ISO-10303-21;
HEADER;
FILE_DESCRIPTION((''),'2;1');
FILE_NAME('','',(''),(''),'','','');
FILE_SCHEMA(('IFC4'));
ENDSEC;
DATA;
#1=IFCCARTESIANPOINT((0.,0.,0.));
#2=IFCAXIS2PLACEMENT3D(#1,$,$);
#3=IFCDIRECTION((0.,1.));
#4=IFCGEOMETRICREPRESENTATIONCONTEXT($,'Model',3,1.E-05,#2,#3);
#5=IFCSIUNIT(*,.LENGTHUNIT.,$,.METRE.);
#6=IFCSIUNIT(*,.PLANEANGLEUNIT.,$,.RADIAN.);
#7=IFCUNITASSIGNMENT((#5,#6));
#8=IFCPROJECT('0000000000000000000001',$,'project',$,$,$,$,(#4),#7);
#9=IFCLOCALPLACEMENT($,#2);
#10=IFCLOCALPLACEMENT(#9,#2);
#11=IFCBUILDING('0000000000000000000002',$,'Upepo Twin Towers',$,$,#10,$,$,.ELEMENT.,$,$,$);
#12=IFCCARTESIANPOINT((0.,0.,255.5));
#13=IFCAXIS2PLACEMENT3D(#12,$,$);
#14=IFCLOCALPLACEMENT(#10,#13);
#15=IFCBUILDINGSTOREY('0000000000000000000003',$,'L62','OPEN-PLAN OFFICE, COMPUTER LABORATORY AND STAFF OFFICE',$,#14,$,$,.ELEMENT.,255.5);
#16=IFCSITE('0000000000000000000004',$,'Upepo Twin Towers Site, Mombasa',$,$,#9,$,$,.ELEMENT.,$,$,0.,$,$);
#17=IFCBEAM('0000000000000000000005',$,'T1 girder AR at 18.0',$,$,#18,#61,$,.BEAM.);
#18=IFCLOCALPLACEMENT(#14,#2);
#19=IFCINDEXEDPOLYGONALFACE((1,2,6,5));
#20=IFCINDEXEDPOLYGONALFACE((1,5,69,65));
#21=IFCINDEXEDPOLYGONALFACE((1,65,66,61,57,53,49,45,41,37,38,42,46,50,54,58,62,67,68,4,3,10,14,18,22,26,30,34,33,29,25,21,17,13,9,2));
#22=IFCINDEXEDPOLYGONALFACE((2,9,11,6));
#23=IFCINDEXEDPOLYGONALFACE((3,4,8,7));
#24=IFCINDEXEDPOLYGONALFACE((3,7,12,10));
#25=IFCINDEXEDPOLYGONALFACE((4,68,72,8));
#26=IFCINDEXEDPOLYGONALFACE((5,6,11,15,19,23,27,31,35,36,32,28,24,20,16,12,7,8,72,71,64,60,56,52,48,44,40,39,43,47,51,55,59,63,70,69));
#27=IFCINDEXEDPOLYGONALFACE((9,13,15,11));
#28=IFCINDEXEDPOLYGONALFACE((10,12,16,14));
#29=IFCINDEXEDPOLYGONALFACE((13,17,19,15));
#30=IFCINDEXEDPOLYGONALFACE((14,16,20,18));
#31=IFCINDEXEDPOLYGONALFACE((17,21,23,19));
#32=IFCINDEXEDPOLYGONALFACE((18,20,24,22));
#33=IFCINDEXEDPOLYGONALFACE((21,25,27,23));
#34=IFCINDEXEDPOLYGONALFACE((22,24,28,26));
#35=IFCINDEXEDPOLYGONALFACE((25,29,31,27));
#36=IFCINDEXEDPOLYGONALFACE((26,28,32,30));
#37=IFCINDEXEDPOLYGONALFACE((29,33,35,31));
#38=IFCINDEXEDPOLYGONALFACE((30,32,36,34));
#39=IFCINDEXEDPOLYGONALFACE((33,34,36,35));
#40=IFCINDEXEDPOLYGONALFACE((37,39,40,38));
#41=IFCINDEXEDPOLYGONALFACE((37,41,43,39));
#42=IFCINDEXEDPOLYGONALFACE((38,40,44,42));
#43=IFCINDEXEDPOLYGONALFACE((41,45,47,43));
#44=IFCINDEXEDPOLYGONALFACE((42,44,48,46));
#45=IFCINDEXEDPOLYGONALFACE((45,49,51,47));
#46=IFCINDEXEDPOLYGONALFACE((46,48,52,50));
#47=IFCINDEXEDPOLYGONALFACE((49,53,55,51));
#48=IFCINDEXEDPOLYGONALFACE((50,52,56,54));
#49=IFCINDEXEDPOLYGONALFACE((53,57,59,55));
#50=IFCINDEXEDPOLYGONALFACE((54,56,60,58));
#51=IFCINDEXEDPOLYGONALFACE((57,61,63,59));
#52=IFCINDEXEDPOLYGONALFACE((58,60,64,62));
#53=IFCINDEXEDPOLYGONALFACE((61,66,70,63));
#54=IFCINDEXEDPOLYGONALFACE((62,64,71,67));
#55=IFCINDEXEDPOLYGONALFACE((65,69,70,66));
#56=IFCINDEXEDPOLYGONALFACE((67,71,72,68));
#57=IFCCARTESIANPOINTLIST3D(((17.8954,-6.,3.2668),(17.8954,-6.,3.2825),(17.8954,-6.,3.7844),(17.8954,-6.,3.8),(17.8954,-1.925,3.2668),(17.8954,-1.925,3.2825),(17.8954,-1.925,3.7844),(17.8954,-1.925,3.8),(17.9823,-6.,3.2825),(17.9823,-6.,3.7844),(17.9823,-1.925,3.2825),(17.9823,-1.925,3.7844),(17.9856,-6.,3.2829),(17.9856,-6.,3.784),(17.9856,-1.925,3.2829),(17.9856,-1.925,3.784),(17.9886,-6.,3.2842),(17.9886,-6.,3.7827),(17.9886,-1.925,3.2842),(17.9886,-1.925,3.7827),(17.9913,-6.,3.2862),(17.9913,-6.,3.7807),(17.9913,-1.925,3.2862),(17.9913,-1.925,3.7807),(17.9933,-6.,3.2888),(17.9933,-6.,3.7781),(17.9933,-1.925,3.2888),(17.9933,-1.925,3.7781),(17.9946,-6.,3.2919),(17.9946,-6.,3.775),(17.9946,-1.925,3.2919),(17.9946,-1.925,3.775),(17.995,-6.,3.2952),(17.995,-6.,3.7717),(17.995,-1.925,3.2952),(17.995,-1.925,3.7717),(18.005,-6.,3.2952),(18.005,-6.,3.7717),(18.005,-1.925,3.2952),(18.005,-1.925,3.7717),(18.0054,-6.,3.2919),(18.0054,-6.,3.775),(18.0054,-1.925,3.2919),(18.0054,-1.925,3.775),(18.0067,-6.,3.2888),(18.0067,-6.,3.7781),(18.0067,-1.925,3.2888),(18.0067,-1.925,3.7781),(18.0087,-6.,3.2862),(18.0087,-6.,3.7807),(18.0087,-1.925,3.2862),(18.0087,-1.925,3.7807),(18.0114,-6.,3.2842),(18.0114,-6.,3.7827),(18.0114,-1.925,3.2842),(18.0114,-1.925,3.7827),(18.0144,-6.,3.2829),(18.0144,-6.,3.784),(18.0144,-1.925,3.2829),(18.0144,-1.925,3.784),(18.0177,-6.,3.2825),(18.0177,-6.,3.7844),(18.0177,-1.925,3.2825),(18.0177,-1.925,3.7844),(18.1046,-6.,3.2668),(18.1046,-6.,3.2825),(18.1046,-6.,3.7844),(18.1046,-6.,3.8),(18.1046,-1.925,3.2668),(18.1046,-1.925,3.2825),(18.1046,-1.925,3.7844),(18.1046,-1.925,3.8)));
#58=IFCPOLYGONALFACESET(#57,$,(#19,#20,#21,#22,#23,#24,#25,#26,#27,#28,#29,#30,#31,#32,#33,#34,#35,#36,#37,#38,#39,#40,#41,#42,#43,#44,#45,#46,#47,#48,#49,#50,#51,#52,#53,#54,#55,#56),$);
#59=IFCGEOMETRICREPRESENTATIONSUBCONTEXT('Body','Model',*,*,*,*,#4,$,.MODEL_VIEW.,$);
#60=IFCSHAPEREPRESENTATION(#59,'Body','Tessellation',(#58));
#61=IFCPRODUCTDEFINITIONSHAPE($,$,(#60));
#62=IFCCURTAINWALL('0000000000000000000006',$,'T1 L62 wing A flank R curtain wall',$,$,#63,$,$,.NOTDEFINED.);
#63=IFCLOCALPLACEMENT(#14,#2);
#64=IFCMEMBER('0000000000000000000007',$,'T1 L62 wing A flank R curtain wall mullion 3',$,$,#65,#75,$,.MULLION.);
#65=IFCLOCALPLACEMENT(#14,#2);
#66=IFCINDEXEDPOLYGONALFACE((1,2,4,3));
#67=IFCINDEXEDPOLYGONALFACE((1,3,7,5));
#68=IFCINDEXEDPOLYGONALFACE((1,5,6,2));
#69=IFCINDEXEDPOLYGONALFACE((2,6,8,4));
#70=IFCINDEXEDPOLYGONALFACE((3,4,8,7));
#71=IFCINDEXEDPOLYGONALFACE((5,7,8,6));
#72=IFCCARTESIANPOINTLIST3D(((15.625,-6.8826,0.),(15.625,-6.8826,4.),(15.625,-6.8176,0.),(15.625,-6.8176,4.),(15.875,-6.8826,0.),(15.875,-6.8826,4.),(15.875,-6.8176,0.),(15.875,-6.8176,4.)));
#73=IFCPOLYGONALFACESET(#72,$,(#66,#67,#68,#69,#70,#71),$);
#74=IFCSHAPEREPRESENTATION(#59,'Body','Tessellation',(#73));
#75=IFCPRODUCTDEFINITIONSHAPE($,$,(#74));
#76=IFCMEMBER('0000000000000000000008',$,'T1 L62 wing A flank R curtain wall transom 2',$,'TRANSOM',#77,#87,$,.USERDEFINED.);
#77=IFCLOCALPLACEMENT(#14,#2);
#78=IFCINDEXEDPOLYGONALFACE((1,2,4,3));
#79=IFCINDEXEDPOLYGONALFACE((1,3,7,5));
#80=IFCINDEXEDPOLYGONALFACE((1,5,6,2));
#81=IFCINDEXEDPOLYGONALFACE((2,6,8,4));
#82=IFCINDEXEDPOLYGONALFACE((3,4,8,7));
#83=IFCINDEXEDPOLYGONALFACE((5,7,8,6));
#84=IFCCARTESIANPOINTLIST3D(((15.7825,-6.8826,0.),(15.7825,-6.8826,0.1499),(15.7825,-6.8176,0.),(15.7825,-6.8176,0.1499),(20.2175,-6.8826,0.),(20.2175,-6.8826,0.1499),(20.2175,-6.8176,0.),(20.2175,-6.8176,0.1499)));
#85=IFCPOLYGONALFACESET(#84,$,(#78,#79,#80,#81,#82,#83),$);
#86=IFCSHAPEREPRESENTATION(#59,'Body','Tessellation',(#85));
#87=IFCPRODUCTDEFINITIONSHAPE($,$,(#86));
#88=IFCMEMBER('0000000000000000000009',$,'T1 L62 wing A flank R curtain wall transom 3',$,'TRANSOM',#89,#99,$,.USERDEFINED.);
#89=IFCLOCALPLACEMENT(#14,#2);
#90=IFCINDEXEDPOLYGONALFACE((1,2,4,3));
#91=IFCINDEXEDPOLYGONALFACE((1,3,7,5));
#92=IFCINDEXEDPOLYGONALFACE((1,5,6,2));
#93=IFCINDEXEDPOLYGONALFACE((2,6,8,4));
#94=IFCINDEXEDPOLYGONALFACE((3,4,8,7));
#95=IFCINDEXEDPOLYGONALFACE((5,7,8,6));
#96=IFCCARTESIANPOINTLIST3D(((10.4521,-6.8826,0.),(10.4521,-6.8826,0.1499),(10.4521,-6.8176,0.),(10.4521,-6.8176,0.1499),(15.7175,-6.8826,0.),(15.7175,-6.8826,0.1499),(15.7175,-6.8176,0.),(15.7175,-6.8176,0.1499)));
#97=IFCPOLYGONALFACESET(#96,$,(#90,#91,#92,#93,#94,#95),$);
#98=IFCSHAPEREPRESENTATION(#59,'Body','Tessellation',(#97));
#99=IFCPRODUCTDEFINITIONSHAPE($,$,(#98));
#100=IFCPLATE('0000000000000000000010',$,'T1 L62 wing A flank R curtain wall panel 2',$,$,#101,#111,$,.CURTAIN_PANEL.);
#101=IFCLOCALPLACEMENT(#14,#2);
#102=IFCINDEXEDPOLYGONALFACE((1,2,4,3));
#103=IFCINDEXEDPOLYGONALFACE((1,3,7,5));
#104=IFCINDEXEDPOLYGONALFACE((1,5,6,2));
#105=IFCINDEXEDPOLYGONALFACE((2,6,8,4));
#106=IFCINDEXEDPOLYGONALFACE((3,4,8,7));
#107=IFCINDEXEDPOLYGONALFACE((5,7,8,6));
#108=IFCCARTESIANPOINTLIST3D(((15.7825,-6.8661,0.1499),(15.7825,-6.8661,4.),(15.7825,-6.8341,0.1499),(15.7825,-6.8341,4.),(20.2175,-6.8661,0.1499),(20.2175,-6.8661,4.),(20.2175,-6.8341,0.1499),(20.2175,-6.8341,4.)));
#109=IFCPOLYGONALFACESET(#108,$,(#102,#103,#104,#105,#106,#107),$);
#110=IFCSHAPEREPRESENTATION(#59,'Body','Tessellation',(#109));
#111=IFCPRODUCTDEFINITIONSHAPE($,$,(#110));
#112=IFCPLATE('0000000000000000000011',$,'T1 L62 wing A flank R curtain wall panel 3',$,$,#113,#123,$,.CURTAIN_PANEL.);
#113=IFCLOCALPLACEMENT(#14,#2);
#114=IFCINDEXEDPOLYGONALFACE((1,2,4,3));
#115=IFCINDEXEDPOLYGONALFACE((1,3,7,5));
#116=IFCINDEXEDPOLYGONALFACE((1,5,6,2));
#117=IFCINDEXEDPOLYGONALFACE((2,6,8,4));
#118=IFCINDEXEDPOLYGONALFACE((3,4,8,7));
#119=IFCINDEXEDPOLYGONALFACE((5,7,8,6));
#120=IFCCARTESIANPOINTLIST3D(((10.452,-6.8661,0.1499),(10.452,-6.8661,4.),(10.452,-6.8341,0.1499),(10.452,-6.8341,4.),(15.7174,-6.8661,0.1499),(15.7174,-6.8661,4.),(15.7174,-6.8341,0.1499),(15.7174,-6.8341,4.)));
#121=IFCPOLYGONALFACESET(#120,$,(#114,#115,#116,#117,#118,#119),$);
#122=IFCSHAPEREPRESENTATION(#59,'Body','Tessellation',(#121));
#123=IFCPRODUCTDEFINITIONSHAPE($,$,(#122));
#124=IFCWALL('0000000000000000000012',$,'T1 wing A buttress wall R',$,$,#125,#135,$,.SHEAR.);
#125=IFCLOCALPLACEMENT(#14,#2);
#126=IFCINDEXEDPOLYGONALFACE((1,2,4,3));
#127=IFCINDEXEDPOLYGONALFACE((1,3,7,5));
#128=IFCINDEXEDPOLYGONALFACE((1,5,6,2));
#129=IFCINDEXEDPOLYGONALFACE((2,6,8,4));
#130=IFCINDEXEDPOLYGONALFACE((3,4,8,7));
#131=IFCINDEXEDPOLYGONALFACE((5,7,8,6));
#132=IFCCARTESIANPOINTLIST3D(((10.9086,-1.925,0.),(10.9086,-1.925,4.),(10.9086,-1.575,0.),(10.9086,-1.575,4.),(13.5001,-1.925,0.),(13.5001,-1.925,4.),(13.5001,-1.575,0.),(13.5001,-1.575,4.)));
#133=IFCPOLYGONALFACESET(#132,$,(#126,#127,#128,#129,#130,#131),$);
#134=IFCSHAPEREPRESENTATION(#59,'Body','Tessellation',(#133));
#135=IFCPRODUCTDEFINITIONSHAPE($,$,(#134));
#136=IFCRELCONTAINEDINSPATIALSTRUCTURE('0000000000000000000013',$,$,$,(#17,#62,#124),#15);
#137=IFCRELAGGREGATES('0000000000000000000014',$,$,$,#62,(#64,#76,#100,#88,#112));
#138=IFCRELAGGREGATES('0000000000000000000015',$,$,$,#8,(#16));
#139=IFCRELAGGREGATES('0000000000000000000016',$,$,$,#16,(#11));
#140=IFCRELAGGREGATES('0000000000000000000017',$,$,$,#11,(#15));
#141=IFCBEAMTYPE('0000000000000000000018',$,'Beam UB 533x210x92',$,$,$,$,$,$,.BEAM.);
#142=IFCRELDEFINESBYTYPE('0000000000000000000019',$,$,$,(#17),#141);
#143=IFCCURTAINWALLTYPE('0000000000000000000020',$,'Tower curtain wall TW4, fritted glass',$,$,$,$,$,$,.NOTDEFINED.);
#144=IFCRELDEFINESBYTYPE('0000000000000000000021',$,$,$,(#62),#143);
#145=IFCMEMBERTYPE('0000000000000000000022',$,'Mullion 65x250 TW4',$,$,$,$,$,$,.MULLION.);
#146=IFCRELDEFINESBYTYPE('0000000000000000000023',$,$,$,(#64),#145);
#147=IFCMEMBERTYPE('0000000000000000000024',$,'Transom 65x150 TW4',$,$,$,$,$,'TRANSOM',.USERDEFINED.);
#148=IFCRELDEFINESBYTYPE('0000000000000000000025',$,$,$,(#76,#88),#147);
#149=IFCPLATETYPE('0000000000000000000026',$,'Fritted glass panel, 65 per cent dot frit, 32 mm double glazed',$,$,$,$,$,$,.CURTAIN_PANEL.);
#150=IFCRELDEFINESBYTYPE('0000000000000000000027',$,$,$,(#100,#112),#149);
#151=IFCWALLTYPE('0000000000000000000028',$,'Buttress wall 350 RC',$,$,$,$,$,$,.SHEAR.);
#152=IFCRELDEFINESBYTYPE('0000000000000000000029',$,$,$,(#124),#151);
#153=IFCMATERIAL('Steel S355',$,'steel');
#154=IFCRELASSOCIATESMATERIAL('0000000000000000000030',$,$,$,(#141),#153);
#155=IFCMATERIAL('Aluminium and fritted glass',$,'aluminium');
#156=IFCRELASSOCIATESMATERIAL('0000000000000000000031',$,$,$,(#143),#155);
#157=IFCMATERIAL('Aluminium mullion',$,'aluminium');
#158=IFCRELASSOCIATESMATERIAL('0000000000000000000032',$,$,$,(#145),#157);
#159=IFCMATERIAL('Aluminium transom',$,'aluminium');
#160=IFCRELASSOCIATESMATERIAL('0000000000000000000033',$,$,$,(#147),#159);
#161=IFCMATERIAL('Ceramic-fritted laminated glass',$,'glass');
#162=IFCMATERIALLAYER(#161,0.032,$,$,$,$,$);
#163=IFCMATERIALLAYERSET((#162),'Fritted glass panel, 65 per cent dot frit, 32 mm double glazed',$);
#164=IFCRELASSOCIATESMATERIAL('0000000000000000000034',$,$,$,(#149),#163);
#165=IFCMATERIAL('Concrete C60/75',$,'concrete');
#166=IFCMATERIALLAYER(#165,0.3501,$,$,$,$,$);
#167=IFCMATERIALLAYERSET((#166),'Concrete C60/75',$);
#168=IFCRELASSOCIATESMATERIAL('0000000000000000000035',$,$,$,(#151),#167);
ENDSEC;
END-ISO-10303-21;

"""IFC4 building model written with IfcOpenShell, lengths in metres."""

from ifc_helpers import new_model, si_unit, direction, frame, frame_2d, origin, origin_2d, place, context, subcontext, project, spatial, rectangle, i_section, extrude, material, layer, layer_set, material_profile, profile_set, type_object, element, aggregate, save


model = new_model("IFC4")

# Units and contexts
model_context = context("Model", 3, precision=1e-05, world=origin(), true_north=direction((0.0, 1.0)))
body_context = subcontext(model_context, "Body", "Model", "MODEL_VIEW")
ifc_project = project(units=[si_unit("LENGTHUNIT", "METRE"), si_unit("PLANEANGLEUNIT", "RADIAN")], contexts=[model_context])

# Site, building, storey
site_placement = place(None, origin())
site = spatial("IfcSite", under=ifc_project, at=site_placement, Name="Upepo Twin Towers Site, Mombasa", CompositionType="ELEMENT", RefElevation=0.0)
building_placement = place(site_placement, origin())
building = spatial("IfcBuilding", under=site, at=building_placement, Name="Upepo Twin Towers", CompositionType="ELEMENT")
storey_placement = place(building_placement, frame((0.0, 0.0, 255.5)))
storey = spatial("IfcBuildingStorey", under=building, at=storey_placement, Name="L62", Description="OPEN-PLAN OFFICE, COMPUTER LABORATORY AND STAFF OFFICE", CompositionType="ELEMENT", Elevation=255.5)

# Beam
ifc_material_1 = material(Name="Steel S355", Category="steel")
ifc_material_profile_1 = material_profile(ifc_material_1, i_section(OverallWidth=0.2092, OverallDepth=0.5332, WebThickness=0.01, FlangeThickness=0.0156, FilletRadius=0.0127, at=origin_2d()), Name="UB 533x210x92")
ifc_profile_set_1 = profile_set([ifc_material_profile_1], Name="Steel S355")
beam_type_1 = type_object("IfcBeamType", Name="Beam UB 533x210x92", PredefinedType="BEAM", material=ifc_profile_set_1)
for number, where, z_axis, x_axis, name in (
    (1, (18.0, -6.0, 3.5334), (0.0, 1.0, 0.0), (-1.0, 0.0, 0.0), "T1 girder AR at 18.0"),
):
    element("IfcBeam", number, at=place(storey_placement, frame(where, z_axis=z_axis, x_axis=x_axis)), inside=storey, type_object=beam_type_1, Name=name, PredefinedType="BEAM", context=body_context, shape_type="SweptSolid", body=[
        extrude(i_section(OverallWidth=0.2092, OverallDepth=0.5332, WebThickness=0.01, FlangeThickness=0.0156, FilletRadius=0.0127, at=origin_2d()), origin(), (0.0, 0.0, 1.0), 4.075),
    ])

# Curtain wall, members, plates
ifc_material_2 = material(Name="Aluminium and fritted glass", Category="aluminium")
curtain_wall_type = type_object("IfcCurtainWallType", Name="Tower curtain wall TW4, fritted glass", PredefinedType="NOTDEFINED", material=ifc_material_2)
curtain_wall_placement = place(storey_placement, origin())
curtain_wall = element("IfcCurtainWall", 2, at=curtain_wall_placement, inside=storey, type_object=curtain_wall_type, Name="T1 L62 wing A flank R curtain wall", PredefinedType="NOTDEFINED")
ifc_material_3 = material(Name="Aluminium mullion", Category="aluminium")
ifc_material_profile_2 = material_profile(ifc_material_3, rectangle(XDim=0.0649, YDim=0.25, at=origin_2d()), Name="MULLION 65x250")
ifc_profile_set_2 = profile_set([ifc_material_profile_2], Name="Aluminium mullion")
member_type_1 = type_object("IfcMemberType", Name="Mullion 65x250 TW4", PredefinedType="MULLION", material=ifc_profile_set_2)
member_1_placement = place(storey_placement, frame((15.75, -6.8501, 0.0), z_axis=(0.0, 0.0, 1.0), x_axis=(0.0, -1.0, 0.0)))
member_1 = element("IfcMember", 3, at=member_1_placement, type_object=member_type_1, Name="T1 L62 wing A flank R curtain wall mullion 3", PredefinedType="MULLION", context=body_context, shape_type="SweptSolid", body=[
    extrude(rectangle(XDim=0.0649, YDim=0.25, at=origin_2d()), origin(), (0.0, 0.0, 1.0), 4.0),
])
ifc_material_4 = material(Name="Aluminium transom", Category="aluminium")
ifc_material_profile_3 = material_profile(ifc_material_4, rectangle(XDim=0.0649, YDim=0.1499, at=origin_2d()), Name="TRANSOM 65x150")
ifc_profile_set_3 = profile_set([ifc_material_profile_3], Name="Aluminium transom")
member_type_2 = type_object("IfcMemberType", Name="Transom 65x150 TW4", ElementType="TRANSOM", PredefinedType="USERDEFINED", material=ifc_profile_set_3)
member_2_placement = place(storey_placement, frame((20.2175, -6.8501, 0.075), z_axis=(-1.0, 0.0, 0.0), x_axis=(0.0, -1.0, 0.0)))
member_2 = element("IfcMember", 4, at=member_2_placement, type_object=member_type_2, Name="T1 L62 wing A flank R curtain wall transom 2", ObjectType="TRANSOM", PredefinedType="USERDEFINED", context=body_context, shape_type="SweptSolid", body=[
    extrude(rectangle(XDim=0.0649, YDim=0.1499, at=origin_2d()), origin(), (0.0, 0.0, 1.0), 4.4351),
])
member_3_placement = place(storey_placement, frame((15.7175, -6.8501, 0.075), z_axis=(-1.0, 0.0, 0.0), x_axis=(0.0, -1.0, 0.0)))
member_3 = element("IfcMember", 5, at=member_3_placement, type_object=member_type_2, Name="T1 L62 wing A flank R curtain wall transom 3", ObjectType="TRANSOM", PredefinedType="USERDEFINED", context=body_context, shape_type="SweptSolid", body=[
    extrude(rectangle(XDim=0.0649, YDim=0.1499, at=origin_2d()), origin(), (0.0, 0.0, 1.0), 5.2654),
])
ifc_material_5 = material(Name="Ceramic-fritted laminated glass", Category="glass")
ifc_layer_1 = layer(ifc_material_5, 0.032)
ifc_layer_set_1 = layer_set([ifc_layer_1], Name="Fritted glass panel, 65 per cent dot frit, 32 mm double glazed")
plate_type = type_object("IfcPlateType", Name="Fritted glass panel, 65 per cent dot frit, 32 mm double glazed", PredefinedType="CURTAIN_PANEL", material=ifc_layer_set_1)
plate_1_placement = place(storey_placement, frame((18.0, -6.8501, 0.1499), z_axis=(0.0, 0.0, 1.0), x_axis=(-1.0, 0.0, 0.0)))
plate_1 = element("IfcPlate", 6, at=plate_1_placement, type_object=plate_type, Name="T1 L62 wing A flank R curtain wall panel 2", PredefinedType="CURTAIN_PANEL", context=body_context, shape_type="SweptSolid", body=[
    extrude(rectangle(XDim=4.4351, YDim=0.032, at=origin_2d()), origin(), (0.0, 0.0, 1.0), 3.8501),
])
plate_2_placement = place(storey_placement, frame((13.0847, -6.8501, 0.1499), z_axis=(0.0, 0.0, 1.0), x_axis=(-1.0, 0.0, 0.0)))
plate_2 = element("IfcPlate", 7, at=plate_2_placement, type_object=plate_type, Name="T1 L62 wing A flank R curtain wall panel 3", PredefinedType="CURTAIN_PANEL", context=body_context, shape_type="SweptSolid", body=[
    extrude(rectangle(XDim=5.2654, YDim=0.032, at=origin_2d()), origin(), (0.0, 0.0, 1.0), 3.8501),
])
aggregate(curtain_wall, [member_1, member_2, plate_1, member_3, plate_2])

# Wall
ifc_material_6 = material(Name="Concrete C60/75", Category="concrete")
ifc_layer_2 = layer(ifc_material_6, 0.3501)
ifc_layer_set_2 = layer_set([ifc_layer_2], Name="Concrete C60/75")
wall_type_1 = type_object("IfcWallType", Name="Buttress wall 350 RC", PredefinedType="SHEAR", material=ifc_layer_set_2)
wall_1_placement = place(storey_placement, frame((10.9084, -1.75, 0.0), z_axis=(0.0, 0.0, 1.0), x_axis=(1.0, 0.0, 0.0)))
element("IfcWall", 8, at=wall_1_placement, inside=storey, type_object=wall_type_1, Name="T1 wing A buttress wall R", PredefinedType="SHEAR", context=body_context, shape_type="SweptSolid", body=[
    extrude(rectangle(XDim=2.5916, YDim=0.3501, at=frame_2d((1.2959, 0.0))), origin(), (0.0, 0.0, 1.0), 4.0),
])

save(model, "model.ifc")
